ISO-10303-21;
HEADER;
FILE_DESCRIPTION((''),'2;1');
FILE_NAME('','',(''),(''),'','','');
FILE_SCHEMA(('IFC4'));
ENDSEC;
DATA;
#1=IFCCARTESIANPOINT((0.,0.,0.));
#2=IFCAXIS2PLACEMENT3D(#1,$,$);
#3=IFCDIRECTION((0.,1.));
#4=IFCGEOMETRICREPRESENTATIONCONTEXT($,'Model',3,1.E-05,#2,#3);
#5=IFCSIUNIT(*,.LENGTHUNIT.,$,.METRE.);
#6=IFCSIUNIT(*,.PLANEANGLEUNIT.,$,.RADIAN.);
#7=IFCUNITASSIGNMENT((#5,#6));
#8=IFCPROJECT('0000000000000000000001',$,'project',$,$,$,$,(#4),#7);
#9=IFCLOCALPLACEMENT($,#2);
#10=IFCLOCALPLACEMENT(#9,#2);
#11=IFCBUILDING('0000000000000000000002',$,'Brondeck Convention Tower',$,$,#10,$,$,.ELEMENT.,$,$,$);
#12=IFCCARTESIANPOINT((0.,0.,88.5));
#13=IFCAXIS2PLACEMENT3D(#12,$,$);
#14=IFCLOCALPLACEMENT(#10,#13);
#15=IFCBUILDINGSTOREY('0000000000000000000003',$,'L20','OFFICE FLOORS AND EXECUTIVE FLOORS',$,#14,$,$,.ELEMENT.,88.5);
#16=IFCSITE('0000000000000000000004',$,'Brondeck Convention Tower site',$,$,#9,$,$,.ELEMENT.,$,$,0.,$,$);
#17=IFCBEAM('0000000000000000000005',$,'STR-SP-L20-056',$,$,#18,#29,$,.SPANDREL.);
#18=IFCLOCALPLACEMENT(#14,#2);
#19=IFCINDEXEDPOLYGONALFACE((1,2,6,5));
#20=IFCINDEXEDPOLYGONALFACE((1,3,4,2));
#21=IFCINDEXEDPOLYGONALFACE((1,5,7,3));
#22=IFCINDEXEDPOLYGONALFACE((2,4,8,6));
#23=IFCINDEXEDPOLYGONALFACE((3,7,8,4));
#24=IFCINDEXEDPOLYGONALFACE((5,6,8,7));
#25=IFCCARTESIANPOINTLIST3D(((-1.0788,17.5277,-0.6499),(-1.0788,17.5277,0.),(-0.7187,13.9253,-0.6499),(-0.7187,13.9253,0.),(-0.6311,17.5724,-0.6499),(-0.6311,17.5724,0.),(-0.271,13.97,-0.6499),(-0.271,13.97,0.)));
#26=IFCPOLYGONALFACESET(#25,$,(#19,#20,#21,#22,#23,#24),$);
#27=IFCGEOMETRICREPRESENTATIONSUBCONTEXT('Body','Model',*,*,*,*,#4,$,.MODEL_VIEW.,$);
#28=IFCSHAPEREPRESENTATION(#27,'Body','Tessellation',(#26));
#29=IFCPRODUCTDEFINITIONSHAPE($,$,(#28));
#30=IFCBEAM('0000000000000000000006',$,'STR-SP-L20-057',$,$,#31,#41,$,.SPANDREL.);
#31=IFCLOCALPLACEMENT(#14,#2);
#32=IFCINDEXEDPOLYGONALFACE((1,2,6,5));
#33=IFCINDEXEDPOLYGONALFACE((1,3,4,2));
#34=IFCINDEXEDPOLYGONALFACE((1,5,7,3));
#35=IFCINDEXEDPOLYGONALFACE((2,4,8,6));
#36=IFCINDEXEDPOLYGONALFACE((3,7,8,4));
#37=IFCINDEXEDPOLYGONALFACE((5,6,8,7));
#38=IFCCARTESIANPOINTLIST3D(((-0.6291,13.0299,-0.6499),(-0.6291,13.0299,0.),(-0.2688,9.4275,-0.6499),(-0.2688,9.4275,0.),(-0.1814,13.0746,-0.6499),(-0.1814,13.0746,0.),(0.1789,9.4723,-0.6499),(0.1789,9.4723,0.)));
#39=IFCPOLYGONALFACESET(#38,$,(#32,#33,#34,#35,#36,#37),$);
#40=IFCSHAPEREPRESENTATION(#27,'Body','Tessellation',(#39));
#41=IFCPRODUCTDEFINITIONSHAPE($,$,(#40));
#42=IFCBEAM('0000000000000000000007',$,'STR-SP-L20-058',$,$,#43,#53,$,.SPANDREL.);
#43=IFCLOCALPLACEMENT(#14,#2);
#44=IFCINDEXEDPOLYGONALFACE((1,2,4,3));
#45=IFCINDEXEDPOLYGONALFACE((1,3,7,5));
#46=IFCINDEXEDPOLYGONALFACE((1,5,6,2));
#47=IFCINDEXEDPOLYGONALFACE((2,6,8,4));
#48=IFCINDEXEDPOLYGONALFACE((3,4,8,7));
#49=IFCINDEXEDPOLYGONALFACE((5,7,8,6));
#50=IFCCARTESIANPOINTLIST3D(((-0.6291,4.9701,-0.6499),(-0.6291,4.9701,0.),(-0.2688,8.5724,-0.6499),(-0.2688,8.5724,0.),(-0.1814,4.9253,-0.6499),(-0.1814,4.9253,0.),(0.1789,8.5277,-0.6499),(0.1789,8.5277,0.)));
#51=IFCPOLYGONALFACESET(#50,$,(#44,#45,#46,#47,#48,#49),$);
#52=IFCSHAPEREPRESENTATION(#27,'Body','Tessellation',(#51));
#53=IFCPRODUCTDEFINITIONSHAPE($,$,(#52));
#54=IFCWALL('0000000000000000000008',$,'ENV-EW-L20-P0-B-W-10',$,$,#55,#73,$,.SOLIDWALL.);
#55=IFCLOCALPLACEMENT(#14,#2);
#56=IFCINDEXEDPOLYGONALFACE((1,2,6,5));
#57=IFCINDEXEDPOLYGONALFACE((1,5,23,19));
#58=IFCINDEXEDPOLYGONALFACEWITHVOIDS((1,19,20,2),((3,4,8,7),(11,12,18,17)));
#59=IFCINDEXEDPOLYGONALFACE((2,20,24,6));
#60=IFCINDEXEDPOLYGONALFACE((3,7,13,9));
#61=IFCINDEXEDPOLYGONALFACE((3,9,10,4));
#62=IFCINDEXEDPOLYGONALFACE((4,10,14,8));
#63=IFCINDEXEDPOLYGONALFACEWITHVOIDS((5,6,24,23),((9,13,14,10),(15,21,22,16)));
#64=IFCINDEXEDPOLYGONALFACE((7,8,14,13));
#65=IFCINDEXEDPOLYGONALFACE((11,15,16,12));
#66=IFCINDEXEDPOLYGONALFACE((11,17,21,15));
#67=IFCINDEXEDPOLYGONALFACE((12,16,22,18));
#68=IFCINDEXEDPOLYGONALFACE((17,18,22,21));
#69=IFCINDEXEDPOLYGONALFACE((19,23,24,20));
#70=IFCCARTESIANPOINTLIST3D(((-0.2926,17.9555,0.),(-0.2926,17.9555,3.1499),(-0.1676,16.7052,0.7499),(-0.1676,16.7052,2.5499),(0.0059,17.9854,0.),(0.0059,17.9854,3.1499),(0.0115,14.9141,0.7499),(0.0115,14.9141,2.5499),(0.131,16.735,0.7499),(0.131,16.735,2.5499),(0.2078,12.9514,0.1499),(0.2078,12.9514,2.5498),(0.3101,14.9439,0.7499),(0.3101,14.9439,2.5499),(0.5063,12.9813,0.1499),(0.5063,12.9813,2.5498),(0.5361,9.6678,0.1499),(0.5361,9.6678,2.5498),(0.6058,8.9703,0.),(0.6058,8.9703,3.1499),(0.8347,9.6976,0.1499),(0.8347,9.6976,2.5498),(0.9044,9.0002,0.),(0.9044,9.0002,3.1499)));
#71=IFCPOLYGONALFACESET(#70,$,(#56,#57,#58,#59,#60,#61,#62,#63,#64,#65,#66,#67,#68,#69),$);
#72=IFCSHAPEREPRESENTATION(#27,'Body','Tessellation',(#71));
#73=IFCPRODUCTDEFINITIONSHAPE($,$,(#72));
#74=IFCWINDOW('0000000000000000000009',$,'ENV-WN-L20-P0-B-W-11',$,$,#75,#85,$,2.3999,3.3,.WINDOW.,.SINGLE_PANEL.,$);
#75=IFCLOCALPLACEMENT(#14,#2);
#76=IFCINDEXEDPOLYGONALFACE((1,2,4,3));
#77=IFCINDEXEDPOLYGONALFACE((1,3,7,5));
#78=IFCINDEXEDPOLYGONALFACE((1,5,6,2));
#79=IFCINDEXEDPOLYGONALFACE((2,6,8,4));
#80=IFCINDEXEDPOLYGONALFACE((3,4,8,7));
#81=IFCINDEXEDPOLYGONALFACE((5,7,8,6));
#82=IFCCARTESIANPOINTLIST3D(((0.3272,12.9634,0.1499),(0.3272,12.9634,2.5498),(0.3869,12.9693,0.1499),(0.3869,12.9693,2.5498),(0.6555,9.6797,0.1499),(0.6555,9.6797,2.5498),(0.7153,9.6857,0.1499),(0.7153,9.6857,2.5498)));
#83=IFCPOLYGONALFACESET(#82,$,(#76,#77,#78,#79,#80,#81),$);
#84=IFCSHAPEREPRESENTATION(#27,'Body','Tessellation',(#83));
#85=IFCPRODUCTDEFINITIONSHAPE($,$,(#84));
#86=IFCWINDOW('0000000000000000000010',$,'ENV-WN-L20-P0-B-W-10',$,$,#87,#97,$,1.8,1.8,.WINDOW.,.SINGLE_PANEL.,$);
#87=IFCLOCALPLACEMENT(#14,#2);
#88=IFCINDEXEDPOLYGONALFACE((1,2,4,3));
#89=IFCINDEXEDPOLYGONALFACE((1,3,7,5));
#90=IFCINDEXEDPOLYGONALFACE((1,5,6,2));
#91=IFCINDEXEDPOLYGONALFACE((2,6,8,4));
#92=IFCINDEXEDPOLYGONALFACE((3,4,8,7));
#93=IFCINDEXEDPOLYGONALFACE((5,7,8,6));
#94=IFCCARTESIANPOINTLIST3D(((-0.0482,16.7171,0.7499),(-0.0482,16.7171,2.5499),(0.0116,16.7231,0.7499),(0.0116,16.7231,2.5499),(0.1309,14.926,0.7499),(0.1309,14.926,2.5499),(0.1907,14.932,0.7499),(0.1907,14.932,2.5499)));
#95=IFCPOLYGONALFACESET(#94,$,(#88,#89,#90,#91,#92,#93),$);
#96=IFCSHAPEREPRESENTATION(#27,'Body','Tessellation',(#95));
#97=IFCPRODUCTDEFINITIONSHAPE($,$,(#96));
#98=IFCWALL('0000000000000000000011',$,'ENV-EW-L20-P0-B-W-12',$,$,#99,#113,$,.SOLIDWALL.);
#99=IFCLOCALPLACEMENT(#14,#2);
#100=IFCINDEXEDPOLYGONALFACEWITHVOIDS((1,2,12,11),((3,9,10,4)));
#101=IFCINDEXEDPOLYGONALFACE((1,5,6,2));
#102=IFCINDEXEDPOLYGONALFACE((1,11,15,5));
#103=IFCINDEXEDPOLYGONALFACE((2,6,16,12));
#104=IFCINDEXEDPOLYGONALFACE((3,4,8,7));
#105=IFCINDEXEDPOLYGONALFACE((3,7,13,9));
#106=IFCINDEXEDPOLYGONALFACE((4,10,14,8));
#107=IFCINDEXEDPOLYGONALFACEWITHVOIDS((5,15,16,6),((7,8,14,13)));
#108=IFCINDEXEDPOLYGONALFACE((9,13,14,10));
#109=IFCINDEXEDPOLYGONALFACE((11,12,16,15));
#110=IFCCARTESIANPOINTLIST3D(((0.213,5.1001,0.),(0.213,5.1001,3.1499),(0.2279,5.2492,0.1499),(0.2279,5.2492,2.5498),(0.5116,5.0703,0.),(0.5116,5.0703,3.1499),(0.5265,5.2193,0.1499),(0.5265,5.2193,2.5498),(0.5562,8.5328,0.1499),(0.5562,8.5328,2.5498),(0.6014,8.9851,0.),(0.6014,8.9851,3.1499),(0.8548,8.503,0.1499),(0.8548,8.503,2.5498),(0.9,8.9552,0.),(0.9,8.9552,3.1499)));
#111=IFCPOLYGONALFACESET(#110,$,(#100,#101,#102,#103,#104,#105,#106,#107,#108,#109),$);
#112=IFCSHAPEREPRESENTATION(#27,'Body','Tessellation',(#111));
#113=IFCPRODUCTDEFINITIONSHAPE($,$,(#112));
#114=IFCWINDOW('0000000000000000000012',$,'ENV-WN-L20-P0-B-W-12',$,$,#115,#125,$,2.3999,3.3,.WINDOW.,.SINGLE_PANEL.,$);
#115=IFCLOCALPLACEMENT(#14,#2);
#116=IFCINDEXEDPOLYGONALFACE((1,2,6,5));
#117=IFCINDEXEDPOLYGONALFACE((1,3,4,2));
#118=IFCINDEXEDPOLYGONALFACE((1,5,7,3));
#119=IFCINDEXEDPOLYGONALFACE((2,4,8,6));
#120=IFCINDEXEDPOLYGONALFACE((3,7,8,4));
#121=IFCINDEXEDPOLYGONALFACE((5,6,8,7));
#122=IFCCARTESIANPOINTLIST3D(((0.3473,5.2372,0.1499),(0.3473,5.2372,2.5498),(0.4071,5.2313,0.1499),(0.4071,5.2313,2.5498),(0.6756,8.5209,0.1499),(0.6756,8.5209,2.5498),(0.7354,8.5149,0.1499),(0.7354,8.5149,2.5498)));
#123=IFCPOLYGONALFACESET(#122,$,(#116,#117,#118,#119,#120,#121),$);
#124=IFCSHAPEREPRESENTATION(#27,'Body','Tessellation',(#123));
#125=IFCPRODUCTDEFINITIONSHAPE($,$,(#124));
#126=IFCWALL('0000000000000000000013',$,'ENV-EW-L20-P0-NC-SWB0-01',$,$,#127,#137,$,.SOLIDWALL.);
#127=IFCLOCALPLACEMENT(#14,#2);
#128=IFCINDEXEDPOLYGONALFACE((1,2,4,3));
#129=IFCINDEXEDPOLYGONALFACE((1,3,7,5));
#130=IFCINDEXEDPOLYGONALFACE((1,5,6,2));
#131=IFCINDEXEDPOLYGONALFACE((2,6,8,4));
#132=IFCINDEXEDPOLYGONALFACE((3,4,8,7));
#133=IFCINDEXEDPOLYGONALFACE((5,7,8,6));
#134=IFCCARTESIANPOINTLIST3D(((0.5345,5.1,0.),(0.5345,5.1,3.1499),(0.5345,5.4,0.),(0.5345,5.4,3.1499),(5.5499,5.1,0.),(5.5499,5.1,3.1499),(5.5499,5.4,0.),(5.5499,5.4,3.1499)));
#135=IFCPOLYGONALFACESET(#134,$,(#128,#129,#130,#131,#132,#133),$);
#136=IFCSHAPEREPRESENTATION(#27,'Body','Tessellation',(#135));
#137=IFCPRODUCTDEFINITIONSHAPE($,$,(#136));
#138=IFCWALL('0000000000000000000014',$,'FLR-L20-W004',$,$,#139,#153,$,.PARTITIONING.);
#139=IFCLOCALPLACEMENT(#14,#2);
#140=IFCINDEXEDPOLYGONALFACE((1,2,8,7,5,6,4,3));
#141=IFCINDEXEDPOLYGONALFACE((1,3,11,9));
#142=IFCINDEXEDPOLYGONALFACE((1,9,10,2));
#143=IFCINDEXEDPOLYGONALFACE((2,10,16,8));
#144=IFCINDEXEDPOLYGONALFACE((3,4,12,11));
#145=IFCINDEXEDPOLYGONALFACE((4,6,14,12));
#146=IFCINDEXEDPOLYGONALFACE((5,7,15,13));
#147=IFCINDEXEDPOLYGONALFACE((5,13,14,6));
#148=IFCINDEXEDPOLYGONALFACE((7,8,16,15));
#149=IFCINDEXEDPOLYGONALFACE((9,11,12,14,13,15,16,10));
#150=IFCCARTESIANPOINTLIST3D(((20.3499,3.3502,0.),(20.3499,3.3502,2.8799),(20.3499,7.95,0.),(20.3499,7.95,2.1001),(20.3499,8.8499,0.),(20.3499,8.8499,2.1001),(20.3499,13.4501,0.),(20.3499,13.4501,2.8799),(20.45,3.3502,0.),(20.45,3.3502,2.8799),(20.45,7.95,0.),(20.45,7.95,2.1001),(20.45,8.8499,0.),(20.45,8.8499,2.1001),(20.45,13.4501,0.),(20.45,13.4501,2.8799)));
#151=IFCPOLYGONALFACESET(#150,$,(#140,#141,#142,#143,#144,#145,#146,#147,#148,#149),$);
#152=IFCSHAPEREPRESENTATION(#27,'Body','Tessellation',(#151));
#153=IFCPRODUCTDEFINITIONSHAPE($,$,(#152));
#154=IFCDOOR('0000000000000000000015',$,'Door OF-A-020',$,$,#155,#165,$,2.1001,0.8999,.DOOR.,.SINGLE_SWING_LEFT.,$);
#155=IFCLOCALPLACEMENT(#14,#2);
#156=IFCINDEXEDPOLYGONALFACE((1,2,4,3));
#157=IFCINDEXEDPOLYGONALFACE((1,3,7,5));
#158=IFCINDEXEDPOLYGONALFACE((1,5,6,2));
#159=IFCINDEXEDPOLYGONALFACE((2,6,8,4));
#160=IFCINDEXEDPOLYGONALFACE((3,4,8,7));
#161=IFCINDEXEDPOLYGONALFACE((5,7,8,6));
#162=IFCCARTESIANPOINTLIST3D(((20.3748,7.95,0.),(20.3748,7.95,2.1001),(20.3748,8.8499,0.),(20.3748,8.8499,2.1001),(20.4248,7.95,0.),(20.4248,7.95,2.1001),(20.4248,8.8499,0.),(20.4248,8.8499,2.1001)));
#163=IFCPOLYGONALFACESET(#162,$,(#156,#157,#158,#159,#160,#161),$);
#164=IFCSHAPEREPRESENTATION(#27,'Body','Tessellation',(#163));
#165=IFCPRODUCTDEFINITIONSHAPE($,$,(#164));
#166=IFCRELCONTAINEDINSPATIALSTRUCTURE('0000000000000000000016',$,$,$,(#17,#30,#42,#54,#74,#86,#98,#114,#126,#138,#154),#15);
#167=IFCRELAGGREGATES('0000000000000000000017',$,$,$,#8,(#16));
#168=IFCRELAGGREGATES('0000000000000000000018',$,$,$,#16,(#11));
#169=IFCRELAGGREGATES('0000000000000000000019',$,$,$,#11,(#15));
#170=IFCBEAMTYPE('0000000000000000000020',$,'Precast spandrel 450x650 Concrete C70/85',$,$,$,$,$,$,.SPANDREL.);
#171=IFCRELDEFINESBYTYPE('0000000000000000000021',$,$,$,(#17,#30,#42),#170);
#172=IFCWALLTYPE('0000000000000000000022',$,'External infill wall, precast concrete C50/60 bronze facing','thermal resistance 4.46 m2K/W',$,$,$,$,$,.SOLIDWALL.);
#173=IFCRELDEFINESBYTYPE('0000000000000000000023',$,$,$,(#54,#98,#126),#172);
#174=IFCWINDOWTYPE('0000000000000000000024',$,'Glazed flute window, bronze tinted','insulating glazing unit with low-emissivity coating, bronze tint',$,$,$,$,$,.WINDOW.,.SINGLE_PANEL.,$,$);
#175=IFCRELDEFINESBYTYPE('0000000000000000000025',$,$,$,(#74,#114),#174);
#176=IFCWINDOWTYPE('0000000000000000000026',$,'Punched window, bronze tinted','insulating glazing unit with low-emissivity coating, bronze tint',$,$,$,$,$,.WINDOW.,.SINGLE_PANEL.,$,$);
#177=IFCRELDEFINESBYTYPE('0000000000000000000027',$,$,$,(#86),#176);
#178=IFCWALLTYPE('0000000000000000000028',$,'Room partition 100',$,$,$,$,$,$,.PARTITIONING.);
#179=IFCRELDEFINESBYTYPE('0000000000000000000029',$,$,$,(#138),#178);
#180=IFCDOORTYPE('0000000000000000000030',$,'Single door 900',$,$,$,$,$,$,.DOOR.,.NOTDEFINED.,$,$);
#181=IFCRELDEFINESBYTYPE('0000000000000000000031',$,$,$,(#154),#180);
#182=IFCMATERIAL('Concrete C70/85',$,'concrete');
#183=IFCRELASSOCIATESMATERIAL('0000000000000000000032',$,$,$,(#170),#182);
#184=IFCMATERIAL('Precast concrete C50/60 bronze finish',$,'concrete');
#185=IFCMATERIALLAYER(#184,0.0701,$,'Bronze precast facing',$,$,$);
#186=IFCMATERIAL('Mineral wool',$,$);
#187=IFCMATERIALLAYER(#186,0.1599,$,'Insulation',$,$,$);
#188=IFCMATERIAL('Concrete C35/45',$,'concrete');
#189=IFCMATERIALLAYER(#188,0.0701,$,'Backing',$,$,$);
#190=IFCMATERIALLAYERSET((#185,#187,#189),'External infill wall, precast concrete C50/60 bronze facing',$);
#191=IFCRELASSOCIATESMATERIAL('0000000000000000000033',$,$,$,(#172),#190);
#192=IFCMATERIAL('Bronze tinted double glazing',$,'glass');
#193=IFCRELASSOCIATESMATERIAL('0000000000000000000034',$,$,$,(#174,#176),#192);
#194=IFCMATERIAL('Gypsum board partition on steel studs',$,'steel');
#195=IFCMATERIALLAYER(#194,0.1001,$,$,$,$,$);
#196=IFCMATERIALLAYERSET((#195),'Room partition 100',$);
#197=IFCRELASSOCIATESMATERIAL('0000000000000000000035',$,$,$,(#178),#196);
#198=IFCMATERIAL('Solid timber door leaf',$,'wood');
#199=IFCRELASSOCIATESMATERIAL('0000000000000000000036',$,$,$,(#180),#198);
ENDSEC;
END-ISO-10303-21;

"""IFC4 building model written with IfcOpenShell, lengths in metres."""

from ifc_helpers import new_model, si_unit, direction, frame, frame_2d, origin, origin_2d, place, context, subcontext, project, spatial, rectangle, extrude, material, layer, layer_set, material_profile, profile_set, type_object, element, fill, save


model = new_model("IFC4")

# Units and contexts
model_context = context("Model", 3, precision=1e-05, world=origin(), true_north=direction((0.0, 1.0)))
body_context = subcontext(model_context, "Body", "Model", "MODEL_VIEW")
ifc_project = project(units=[si_unit("LENGTHUNIT", "METRE"), si_unit("PLANEANGLEUNIT", "RADIAN")], contexts=[model_context])

# Site, building, storey
site_placement = place(None, origin())
site = spatial("IfcSite", under=ifc_project, at=site_placement, Name="Brondeck Convention Tower site", CompositionType="ELEMENT", RefElevation=0.0)
building_placement = place(site_placement, origin())
building = spatial("IfcBuilding", under=site, at=building_placement, Name="Brondeck Convention Tower", CompositionType="ELEMENT")
storey_placement = place(building_placement, frame((0.0, 0.0, 88.5)))
storey = spatial("IfcBuildingStorey", under=building, at=storey_placement, Name="L20", Description="OFFICE FLOORS AND EXECUTIVE FLOORS", CompositionType="ELEMENT", Elevation=88.5)

# Shared definitions
ifc_material_1 = material(Name="Concrete C70/85", Category="concrete")

# Beams
ifc_material_profile_1 = material_profile(ifc_material_1, rectangle(XDim=0.45, YDim=0.6499, at=origin_2d()), Name="Precast spandrel 450x650 Concrete C70/85")
ifc_profile_set_1 = profile_set([ifc_material_profile_1], Name="Concrete C70/85")
beam_type_1 = type_object("IfcBeamType", Name="Precast spandrel 450x650 Concrete C70/85", PredefinedType="SPANDREL", material=ifc_profile_set_1)
for number, where, z_axis, x_axis, name in (
    (1, (-0.855, 17.55, -0.325), (0.09947, -0.995041, 0.0), (0.995041, 0.09947, 0.0), "STR-SP-L20-056"),
    (2, (-0.4053, 13.0522, -0.325), (0.099537, -0.995034, 0.0), (0.995034, 0.099537, 0.0), "STR-SP-L20-057"),
    (3, (-0.0449, 8.55, -0.325), (-0.099537, -0.995034, 0.0), (0.995034, -0.099537, 0.0), "STR-SP-L20-058"),
):
    element("IfcBeam", number, at=place(storey_placement, frame(where, z_axis=z_axis, x_axis=x_axis)), inside=storey, type_object=beam_type_1, Name=name, PredefinedType="SPANDREL", context=body_context, shape_type="SweptSolid", body=[
        extrude(rectangle(XDim=0.45, YDim=0.6499, at=origin_2d()), origin(), (0.0, 0.0, 1.0), 3.6204),
    ])

# Wall, openings, windows
ifc_material_2 = material(Name="Precast concrete C50/60 bronze finish", Category="concrete")
ifc_layer_1 = layer(ifc_material_2, 0.0701, Name="Bronze precast facing")
ifc_material_3 = material(Name="Mineral wool")
ifc_layer_2 = layer(ifc_material_3, 0.1599, Name="Insulation")
ifc_material_4 = material(Name="Concrete C35/45", Category="concrete")
ifc_layer_3 = layer(ifc_material_4, 0.0701, Name="Backing")
ifc_layer_set_1 = layer_set([ifc_layer_1, ifc_layer_2, ifc_layer_3], Name="External infill wall, precast concrete C50/60 bronze facing")
wall_type_1 = type_object("IfcWallType", Name="External infill wall, precast concrete C50/60 bronze facing", Description="thermal resistance 4.46 m2K/W", PredefinedType="SOLIDWALL", material=ifc_layer_set_1)
wall_1_placement = place(storey_placement, frame((0.7551, 8.9851, 0.0), z_axis=(0.0, 0.0, 1.0), x_axis=(-0.099496, 0.995038, 0.0)))
wall_1 = element("IfcWall", 4, at=wall_1_placement, inside=storey, type_object=wall_type_1, Name="ENV-EW-L20-P0-B-W-10", PredefinedType="SOLIDWALL", context=body_context, shape_type="SweptSolid", body=[
    extrude(rectangle(XDim=9.03, YDim=0.3, at=frame_2d((4.5151, 0.0))), origin(), (0.0, 0.0, 1.0), 3.1499),
])
opening_1_placement = place(wall_1_placement, frame((0.7012, 0.0, 0.1499)))
opening_1 = element("IfcOpeningElement", 5, at=opening_1_placement, cuts=wall_1, PredefinedType="OPENING", context=body_context, shape_type="SweptSolid", body=[
    extrude(rectangle(XDim=3.3, YDim=2.3999, at=frame_2d((1.6499, 1.2))), frame((0.0, 0.1599, 0.0), z_axis=(0.0, -1.0, 0.0), x_axis=(1.0, 0.0, 0.0)), (0.0, 0.0, 1.0), 0.3201),
])
opening_2_placement = place(wall_1_placement, frame((5.9736, 0.0, 0.75)))
opening_2 = element("IfcOpeningElement", 6, at=opening_2_placement, cuts=wall_1, PredefinedType="OPENING", context=body_context, shape_type="SweptSolid", body=[
    extrude(rectangle(XDim=1.8, YDim=1.8, at=frame_2d((0.8999, 0.8999))), frame((0.0, 0.1599, 0.0), z_axis=(0.0, -1.0, 0.0), x_axis=(1.0, 0.0, 0.0)), (0.0, 0.0, 1.0), 0.3201),
])
ifc_material_5 = material(Name="Bronze tinted double glazing", Category="glass")
window_type_1 = type_object("IfcWindowType", Name="Glazed flute window, bronze tinted", Description="insulating glazing unit with low-emissivity coating, bronze tint", PartitioningType="SINGLE_PANEL", PredefinedType="WINDOW", material=ifc_material_5)
window_1_placement = place(opening_1_placement, origin())
window_1 = element("IfcWindow", 7, at=window_1_placement, inside=storey, type_object=window_type_1, Name="ENV-WN-L20-P0-B-W-11", OverallHeight=2.3999, OverallWidth=3.3, PartitioningType="SINGLE_PANEL", PredefinedType="WINDOW", context=body_context, shape_type="SweptSolid", body=[
    extrude(rectangle(XDim=3.3, YDim=2.3999, at=frame_2d((1.6499, 1.2))), frame((0.0, 0.03, 0.0), z_axis=(0.0, -1.0, 0.0), x_axis=(1.0, 0.0, 0.0)), (0.0, 0.0, 1.0), 0.0601),
])
fill(opening_1, window_1)
window_type_2 = type_object("IfcWindowType", Name="Punched window, bronze tinted", Description="insulating glazing unit with low-emissivity coating, bronze tint", PartitioningType="SINGLE_PANEL", PredefinedType="WINDOW", material=ifc_material_5)
window_2_placement = place(opening_2_placement, origin())
window_2 = element("IfcWindow", 8, at=window_2_placement, inside=storey, type_object=window_type_2, Name="ENV-WN-L20-P0-B-W-10", OverallHeight=1.8, OverallWidth=1.8, PartitioningType="SINGLE_PANEL", PredefinedType="WINDOW", context=body_context, shape_type="SweptSolid", body=[
    extrude(rectangle(XDim=1.8, YDim=1.8, at=frame_2d((0.8999, 0.8999))), frame((0.0, 0.03, 0.0), z_axis=(0.0, -1.0, 0.0), x_axis=(1.0, 0.0, 0.0)), (0.0, 0.0, 1.0), 0.0601),
])
fill(opening_2, window_2)

# Wall, opening, window
wall_2_placement = place(storey_placement, frame((0.3623, 5.0852, 0.0), z_axis=(0.0, 0.0, 1.0), x_axis=(0.099485, 0.995039, 0.0)))
wall_2 = element("IfcWall", 9, at=wall_2_placement, inside=storey, type_object=wall_type_1, Name="ENV-EW-L20-P0-B-W-12", PredefinedType="SOLIDWALL", context=body_context, shape_type="SweptSolid", body=[
    extrude(rectangle(XDim=3.9043, YDim=0.3, at=frame_2d((1.9521, 0.0))), origin(), (0.0, 0.0, 1.0), 3.1499),
])
opening_3_placement = place(wall_2_placement, frame((0.1499, 0.0, 0.1499)))
opening_3 = element("IfcOpeningElement", 10, at=opening_3_placement, cuts=wall_2, PredefinedType="OPENING", context=body_context, shape_type="SweptSolid", body=[
    extrude(rectangle(XDim=3.3, YDim=2.3999, at=frame_2d((1.6499, 1.2))), frame((0.0, 0.1599, 0.0), z_axis=(0.0, -1.0, 0.0), x_axis=(1.0, 0.0, 0.0)), (0.0, 0.0, 1.0), 0.3201),
])
window_3_placement = place(opening_3_placement, origin())
window_3 = element("IfcWindow", 11, at=window_3_placement, inside=storey, type_object=window_type_1, Name="ENV-WN-L20-P0-B-W-12", OverallHeight=2.3999, OverallWidth=3.3, PartitioningType="SINGLE_PANEL", PredefinedType="WINDOW", context=body_context, shape_type="SweptSolid", body=[
    extrude(rectangle(XDim=3.3, YDim=2.3999, at=frame_2d((1.6499, 1.2))), frame((0.0, 0.03, 0.0), z_axis=(0.0, -1.0, 0.0), x_axis=(1.0, 0.0, 0.0)), (0.0, 0.0, 1.0), 0.0601),
])
fill(opening_3, window_3)

# Wall
wall_3_placement = place(storey_placement, frame((5.55, 5.25, 0.0), z_axis=(0.0, 0.0, 1.0), x_axis=(-1.0, 0.0, 0.0)))
element("IfcWall", 12, at=wall_3_placement, inside=storey, type_object=wall_type_1, Name="ENV-EW-L20-P0-NC-SWB0-01", PredefinedType="SOLIDWALL", context=body_context, shape_type="SweptSolid", body=[
    extrude(rectangle(XDim=5.0154, YDim=0.3, at=frame_2d((2.5078, 0.0))), origin(), (0.0, 0.0, 1.0), 3.1499),
])

# Wall, opening, door
ifc_material_6 = material(Name="Gypsum board partition on steel studs", Category="steel")
ifc_layer_4 = layer(ifc_material_6, 0.1001)
ifc_layer_set_2 = layer_set([ifc_layer_4], Name="Room partition 100")
wall_type_2 = type_object("IfcWallType", Name="Room partition 100", PredefinedType="PARTITIONING", material=ifc_layer_set_2)
wall_4_placement = place(storey_placement, frame((20.3999, 13.45, 0.0), z_axis=(0.0, 0.0, 1.0), x_axis=(0.0, -1.0, 0.0)))
wall_4 = element("IfcWall", 13, at=wall_4_placement, inside=storey, type_object=wall_type_2, Name="FLR-L20-W004", PredefinedType="PARTITIONING", context=body_context, shape_type="SweptSolid", body=[
    extrude(rectangle(XDim=10.0999, YDim=0.1001, at=frame_2d((5.0498, 0.0))), origin(), (0.0, 0.0, 1.0), 2.8799),
])
opening_4_placement = place(wall_4_placement, frame((4.6001, 0.0, 0.0)))
opening_4 = element("IfcOpeningElement", 14, at=opening_4_placement, cuts=wall_4, PredefinedType="OPENING", context=body_context, shape_type="SweptSolid", body=[
    extrude(rectangle(XDim=0.8999, YDim=2.1001, at=frame_2d((0.45, 1.05))), frame((0.0, 0.0601, 0.0), z_axis=(0.0, -1.0, 0.0), x_axis=(1.0, 0.0, 0.0)), (0.0, 0.0, 1.0), 0.1201),
])
ifc_material_7 = material(Name="Solid timber door leaf", Category="wood")
door_type_1 = type_object("IfcDoorType", Name="Single door 900", OperationType="NOTDEFINED", PredefinedType="DOOR", material=ifc_material_7)
door_1_placement = place(opening_4_placement, origin())
door_1 = element("IfcDoor", 15, at=door_1_placement, inside=storey, type_object=door_type_1, Name="Door OF-A-020", OperationType="SINGLE_SWING_LEFT", OverallHeight=2.1001, OverallWidth=0.8999, PredefinedType="DOOR", context=body_context, shape_type="SweptSolid", body=[
    extrude(rectangle(XDim=0.8999, YDim=2.1001, at=frame_2d((0.45, 1.05))), frame((0.0, 0.0249, 0.0), z_axis=(0.0, -1.0, 0.0), x_axis=(1.0, 0.0, 0.0)), (0.0, 0.0, 1.0), 0.05),
])
fill(opening_4, door_1)

save(model, "model.ifc")
